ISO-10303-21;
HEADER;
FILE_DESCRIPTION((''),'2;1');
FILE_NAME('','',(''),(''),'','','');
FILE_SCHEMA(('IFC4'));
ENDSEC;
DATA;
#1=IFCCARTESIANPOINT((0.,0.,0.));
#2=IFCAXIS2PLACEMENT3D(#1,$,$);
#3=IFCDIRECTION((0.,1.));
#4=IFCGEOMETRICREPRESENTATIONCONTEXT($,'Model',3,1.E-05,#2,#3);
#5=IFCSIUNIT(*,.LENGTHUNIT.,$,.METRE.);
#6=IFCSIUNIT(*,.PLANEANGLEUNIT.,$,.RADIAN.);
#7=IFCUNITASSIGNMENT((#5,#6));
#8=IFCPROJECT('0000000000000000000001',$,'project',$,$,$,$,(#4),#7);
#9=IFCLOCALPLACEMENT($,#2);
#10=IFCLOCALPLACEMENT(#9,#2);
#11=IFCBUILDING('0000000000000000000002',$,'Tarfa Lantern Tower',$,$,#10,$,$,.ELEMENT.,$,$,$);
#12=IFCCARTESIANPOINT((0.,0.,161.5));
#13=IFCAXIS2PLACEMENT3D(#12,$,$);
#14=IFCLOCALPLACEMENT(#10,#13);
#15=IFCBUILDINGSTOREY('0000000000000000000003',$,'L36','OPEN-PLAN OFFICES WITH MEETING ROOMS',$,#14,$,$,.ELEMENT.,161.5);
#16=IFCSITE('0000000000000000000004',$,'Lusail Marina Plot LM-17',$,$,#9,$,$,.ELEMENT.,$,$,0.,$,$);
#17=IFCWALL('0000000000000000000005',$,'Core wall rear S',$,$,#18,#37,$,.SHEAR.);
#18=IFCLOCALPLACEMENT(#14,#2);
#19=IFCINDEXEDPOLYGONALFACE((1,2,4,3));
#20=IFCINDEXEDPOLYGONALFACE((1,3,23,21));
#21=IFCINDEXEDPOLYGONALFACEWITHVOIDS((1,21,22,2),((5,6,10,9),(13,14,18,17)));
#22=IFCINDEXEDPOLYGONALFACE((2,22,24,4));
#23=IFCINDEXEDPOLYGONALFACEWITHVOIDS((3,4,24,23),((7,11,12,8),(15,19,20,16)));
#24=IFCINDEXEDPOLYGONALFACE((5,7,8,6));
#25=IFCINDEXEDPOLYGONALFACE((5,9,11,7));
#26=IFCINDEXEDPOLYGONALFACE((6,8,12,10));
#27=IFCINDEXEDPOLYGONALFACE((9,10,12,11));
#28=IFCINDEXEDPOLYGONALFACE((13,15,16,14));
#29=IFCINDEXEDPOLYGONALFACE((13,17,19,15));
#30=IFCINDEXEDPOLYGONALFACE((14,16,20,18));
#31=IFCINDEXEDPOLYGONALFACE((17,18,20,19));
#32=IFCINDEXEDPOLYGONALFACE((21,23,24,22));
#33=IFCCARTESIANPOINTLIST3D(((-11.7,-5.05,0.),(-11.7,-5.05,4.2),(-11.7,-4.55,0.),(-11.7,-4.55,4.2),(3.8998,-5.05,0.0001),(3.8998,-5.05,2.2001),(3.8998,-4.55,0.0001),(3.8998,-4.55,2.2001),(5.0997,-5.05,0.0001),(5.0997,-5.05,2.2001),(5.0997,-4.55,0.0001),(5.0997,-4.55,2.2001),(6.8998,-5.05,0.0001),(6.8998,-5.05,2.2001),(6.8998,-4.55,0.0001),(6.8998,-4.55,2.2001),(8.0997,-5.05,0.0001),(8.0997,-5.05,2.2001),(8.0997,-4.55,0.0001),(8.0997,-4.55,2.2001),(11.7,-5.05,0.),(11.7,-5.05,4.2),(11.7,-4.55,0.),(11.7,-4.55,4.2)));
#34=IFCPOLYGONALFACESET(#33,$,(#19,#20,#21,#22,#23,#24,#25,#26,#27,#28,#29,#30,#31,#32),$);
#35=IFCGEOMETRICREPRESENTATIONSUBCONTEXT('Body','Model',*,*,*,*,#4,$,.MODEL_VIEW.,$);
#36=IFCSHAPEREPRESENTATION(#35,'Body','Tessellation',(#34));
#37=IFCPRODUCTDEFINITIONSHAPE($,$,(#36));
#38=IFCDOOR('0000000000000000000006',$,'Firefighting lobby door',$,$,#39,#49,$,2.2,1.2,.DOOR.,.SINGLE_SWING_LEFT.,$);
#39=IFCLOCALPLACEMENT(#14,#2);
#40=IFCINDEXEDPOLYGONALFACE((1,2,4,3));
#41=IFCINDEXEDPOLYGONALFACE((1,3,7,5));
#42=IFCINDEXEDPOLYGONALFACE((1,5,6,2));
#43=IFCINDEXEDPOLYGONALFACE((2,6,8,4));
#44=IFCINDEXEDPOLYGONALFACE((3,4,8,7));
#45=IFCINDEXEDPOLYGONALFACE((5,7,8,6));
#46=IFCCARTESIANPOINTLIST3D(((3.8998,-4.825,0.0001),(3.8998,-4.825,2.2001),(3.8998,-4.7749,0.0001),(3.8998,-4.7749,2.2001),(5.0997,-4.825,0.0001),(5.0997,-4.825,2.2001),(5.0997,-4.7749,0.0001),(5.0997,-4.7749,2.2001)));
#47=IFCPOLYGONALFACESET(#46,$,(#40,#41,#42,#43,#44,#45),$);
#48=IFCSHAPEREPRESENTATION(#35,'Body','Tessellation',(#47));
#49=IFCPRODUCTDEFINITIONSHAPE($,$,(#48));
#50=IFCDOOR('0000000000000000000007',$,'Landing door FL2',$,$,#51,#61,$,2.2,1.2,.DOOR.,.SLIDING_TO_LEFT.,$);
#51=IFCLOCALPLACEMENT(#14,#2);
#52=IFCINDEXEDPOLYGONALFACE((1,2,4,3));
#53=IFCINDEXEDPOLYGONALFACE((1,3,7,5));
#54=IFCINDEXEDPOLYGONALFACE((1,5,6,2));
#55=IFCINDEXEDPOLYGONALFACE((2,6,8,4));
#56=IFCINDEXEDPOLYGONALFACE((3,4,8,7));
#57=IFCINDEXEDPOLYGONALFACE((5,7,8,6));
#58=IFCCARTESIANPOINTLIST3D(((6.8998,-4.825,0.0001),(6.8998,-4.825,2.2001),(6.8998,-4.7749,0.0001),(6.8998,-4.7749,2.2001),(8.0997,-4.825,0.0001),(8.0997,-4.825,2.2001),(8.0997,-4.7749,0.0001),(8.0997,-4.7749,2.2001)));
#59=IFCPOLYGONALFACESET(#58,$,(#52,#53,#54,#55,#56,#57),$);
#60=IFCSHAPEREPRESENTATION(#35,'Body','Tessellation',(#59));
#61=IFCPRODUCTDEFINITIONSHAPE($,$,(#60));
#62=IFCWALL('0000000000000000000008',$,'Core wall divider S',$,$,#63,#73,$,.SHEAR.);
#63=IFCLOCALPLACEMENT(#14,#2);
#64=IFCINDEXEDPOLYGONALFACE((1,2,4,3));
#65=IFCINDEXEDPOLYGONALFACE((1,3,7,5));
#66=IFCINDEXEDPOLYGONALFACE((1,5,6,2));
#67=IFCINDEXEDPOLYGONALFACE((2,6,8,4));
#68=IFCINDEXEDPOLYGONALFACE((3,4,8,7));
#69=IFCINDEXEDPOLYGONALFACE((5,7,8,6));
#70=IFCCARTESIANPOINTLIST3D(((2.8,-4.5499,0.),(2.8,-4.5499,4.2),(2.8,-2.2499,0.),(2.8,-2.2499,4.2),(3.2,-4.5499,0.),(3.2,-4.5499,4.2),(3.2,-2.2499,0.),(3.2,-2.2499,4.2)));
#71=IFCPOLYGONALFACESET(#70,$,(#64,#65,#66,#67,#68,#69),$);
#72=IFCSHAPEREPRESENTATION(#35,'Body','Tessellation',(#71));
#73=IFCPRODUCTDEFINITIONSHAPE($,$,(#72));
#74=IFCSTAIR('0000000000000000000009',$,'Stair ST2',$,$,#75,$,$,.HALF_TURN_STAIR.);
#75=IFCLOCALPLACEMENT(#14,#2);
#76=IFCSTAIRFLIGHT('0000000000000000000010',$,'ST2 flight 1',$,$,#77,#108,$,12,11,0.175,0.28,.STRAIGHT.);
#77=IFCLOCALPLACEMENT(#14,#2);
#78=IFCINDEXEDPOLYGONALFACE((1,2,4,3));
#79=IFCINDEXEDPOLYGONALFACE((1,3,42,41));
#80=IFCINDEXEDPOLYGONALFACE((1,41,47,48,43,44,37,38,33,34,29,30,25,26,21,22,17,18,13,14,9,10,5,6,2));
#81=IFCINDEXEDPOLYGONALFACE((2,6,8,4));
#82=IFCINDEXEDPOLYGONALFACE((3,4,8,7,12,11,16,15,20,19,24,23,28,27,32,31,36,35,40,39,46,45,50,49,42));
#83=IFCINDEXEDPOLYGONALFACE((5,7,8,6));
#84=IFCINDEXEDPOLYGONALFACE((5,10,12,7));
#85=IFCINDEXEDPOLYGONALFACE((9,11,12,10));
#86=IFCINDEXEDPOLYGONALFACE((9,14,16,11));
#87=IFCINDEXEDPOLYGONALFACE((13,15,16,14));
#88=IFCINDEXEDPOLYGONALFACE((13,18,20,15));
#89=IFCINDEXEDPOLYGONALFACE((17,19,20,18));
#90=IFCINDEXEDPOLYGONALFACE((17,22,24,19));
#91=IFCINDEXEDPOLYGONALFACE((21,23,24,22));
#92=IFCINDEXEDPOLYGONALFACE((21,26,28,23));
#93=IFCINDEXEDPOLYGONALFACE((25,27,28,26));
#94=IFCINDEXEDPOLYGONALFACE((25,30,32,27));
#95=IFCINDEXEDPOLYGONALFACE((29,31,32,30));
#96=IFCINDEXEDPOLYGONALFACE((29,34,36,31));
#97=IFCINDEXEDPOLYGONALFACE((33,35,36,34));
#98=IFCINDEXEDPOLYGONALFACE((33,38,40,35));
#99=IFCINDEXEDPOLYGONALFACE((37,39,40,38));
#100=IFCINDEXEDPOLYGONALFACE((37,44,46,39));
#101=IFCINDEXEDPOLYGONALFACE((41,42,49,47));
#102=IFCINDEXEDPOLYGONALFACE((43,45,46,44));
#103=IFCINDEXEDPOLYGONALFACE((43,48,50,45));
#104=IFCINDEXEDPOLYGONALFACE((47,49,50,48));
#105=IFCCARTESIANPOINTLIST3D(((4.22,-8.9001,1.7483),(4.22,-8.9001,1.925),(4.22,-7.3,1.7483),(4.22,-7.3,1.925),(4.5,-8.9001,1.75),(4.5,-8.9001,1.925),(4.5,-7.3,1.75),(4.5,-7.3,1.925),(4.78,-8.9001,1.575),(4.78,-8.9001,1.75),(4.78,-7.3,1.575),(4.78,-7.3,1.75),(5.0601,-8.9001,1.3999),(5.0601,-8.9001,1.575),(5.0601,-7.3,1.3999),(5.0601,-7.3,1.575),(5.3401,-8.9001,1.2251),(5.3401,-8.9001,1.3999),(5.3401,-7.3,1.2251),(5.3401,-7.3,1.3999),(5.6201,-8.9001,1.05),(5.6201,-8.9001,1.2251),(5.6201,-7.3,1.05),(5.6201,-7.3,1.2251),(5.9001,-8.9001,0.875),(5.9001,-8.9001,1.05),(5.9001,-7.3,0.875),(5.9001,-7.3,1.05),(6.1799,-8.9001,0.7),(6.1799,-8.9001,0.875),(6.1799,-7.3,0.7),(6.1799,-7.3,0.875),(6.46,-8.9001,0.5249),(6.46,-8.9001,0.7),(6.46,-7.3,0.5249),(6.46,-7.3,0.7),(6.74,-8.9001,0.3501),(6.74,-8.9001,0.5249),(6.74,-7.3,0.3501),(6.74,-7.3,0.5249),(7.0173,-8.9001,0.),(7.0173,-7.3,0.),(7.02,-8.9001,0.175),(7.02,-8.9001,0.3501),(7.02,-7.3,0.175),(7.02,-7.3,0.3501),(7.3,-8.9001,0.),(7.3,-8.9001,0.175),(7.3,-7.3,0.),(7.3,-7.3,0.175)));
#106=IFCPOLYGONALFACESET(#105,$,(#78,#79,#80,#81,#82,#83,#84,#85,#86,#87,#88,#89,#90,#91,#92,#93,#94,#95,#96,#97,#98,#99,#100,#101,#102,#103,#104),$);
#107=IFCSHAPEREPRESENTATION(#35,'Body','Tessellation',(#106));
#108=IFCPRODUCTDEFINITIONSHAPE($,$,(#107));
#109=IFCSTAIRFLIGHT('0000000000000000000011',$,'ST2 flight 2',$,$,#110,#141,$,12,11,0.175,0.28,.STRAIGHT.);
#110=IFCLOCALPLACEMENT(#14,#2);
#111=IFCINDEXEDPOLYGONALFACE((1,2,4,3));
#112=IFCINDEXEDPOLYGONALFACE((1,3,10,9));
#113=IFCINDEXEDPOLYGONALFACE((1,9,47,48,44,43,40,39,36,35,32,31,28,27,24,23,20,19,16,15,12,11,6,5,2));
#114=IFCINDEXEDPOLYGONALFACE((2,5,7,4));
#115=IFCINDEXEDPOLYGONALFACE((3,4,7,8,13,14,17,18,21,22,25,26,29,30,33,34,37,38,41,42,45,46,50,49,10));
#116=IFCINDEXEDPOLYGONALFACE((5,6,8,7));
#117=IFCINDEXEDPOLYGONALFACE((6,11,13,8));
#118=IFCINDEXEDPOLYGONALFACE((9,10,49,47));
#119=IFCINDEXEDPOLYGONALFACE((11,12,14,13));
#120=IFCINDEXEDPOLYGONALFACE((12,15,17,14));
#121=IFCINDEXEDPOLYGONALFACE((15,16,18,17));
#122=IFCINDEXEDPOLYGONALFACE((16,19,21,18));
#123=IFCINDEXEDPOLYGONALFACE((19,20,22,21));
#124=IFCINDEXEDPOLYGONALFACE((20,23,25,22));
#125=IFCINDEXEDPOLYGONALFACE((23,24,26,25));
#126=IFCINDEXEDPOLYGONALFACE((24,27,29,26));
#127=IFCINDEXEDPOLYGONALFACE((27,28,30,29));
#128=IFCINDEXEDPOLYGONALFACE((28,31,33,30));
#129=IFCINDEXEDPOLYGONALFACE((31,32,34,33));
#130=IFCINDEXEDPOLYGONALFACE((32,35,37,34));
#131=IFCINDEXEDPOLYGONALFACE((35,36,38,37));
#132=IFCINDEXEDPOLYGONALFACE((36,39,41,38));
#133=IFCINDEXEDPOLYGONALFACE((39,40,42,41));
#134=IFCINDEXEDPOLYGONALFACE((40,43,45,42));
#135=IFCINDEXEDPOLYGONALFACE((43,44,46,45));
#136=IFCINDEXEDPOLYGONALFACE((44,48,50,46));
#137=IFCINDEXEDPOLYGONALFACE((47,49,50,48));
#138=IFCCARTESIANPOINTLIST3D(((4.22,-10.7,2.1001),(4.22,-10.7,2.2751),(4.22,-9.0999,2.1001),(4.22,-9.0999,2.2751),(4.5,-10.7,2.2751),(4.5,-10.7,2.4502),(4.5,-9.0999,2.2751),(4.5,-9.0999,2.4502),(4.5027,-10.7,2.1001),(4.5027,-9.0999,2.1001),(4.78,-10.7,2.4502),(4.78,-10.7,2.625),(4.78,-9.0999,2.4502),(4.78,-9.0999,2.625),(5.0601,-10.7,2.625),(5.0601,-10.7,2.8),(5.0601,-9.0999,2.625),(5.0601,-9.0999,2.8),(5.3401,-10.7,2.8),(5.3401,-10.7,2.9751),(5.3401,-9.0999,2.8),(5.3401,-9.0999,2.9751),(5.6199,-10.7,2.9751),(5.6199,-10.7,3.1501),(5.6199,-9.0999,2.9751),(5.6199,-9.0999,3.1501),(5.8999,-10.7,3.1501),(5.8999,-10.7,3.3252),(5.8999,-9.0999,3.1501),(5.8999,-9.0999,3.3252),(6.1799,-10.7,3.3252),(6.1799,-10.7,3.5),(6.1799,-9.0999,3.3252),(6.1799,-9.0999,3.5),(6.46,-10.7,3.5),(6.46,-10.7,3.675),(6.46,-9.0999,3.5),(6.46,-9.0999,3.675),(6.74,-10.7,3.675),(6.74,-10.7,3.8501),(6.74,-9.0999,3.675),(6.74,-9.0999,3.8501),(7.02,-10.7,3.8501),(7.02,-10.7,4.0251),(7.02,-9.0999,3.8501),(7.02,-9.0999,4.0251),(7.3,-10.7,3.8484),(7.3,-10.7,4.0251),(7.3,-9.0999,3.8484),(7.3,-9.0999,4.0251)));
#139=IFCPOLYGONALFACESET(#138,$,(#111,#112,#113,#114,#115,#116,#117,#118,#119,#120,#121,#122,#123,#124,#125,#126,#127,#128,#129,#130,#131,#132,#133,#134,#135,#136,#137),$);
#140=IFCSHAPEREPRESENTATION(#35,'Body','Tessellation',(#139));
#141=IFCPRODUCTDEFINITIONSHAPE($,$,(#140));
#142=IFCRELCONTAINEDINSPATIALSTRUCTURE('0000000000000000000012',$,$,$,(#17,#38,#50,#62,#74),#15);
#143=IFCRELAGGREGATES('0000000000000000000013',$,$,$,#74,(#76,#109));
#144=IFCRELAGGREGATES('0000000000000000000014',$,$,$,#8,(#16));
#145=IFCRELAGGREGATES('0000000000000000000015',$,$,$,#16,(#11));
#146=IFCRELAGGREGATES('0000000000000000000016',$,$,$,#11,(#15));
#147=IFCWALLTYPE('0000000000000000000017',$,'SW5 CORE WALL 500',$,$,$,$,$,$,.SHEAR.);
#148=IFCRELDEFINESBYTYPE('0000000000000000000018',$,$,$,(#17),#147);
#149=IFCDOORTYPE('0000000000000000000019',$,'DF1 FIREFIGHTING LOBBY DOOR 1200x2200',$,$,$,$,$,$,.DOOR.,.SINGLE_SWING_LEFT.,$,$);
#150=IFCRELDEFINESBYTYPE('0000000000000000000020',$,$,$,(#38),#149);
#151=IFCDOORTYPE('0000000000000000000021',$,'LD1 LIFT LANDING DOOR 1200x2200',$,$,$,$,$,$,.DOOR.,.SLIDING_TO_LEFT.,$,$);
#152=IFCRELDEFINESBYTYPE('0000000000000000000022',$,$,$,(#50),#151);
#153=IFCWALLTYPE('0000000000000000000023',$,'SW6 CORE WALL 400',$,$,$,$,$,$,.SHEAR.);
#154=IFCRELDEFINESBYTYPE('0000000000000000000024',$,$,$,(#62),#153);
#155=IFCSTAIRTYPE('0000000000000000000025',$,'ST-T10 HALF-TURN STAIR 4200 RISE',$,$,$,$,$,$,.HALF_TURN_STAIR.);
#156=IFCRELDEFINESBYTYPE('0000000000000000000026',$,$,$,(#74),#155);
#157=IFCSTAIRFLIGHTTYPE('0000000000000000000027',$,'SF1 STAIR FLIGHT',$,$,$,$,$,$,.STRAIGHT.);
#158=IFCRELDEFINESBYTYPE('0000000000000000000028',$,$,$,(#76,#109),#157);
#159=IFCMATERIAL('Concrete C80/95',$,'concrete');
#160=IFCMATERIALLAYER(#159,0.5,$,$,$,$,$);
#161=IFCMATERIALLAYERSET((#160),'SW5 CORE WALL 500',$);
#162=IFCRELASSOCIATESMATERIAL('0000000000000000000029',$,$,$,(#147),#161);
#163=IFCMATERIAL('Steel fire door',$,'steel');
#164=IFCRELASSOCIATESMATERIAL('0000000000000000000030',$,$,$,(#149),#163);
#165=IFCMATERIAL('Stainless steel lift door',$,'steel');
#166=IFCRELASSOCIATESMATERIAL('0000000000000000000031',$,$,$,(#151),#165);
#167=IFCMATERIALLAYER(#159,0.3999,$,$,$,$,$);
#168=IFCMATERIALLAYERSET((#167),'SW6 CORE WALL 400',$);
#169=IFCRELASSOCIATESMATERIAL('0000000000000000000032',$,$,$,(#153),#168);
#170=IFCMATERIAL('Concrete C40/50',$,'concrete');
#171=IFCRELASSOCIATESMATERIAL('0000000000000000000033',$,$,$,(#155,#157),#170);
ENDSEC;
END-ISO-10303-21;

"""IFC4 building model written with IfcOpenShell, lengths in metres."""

from ifc_helpers import new_model, si_unit, direction, frame, frame_2d, origin, place, context, subcontext, project, spatial, polyline, rectangle, outline, extrude, material, layer, layer_set, type_object, element, fill, aggregate, save


model = new_model("IFC4")

# Units and contexts
model_context = context("Model", 3, precision=1e-05, world=origin(), true_north=direction((0.0, 1.0)))
body_context = subcontext(model_context, "Body", "Model", "MODEL_VIEW")
ifc_project = project(units=[si_unit("LENGTHUNIT", "METRE"), si_unit("PLANEANGLEUNIT", "RADIAN")], contexts=[model_context])

# Site, building, storey
site_placement = place(None, origin())
site = spatial("IfcSite", under=ifc_project, at=site_placement, Name="Lusail Marina Plot LM-17", CompositionType="ELEMENT", RefElevation=0.0)
building_placement = place(site_placement, origin())
building = spatial("IfcBuilding", under=site, at=building_placement, Name="Tarfa Lantern Tower", CompositionType="ELEMENT")
storey_placement = place(building_placement, frame((0.0, 0.0, 161.5)))
storey = spatial("IfcBuildingStorey", under=building, at=storey_placement, Name="L36", Description="OPEN-PLAN OFFICES WITH MEETING ROOMS", CompositionType="ELEMENT", Elevation=161.5)

# Shared definitions
ifc_material_1 = material(Name="Concrete C80/95", Category="concrete")

# Shared definitions
ifc_material_2 = material(Name="Steel fire door", Category="steel")

# Wall, openings, doors
ifc_layer_1 = layer(ifc_material_1, 0.5)
ifc_layer_set_1 = layer_set([ifc_layer_1], Name="SW5 CORE WALL 500")
wall_type_1 = type_object("IfcWallType", Name="SW5 CORE WALL 500", PredefinedType="SHEAR", material=ifc_layer_set_1)
wall_1_placement = place(storey_placement, frame((11.7, -4.8, 0.0), z_axis=(0.0, 0.0, 1.0), x_axis=(-1.0, 0.0, 0.0)))
wall_1 = element("IfcWall", 1, at=wall_1_placement, inside=storey, type_object=wall_type_1, Name="Core wall rear S", PredefinedType="SHEAR", context=body_context, shape_type="SweptSolid", body=[
    extrude(rectangle(XDim=23.3999, YDim=0.5, at=frame_2d((11.7, 0.0))), origin(), (0.0, 0.0, 1.0), 4.2),
])
opening_1_placement = place(wall_1_placement, frame((6.6001, 0.0, 0.0)))
opening_1 = element("IfcOpeningElement", 2, at=opening_1_placement, cuts=wall_1, PredefinedType="OPENING", context=body_context, shape_type="SweptSolid", body=[
    extrude(rectangle(XDim=1.2, YDim=2.2, at=frame_2d((0.6001, 1.1001))), frame((0.0, 0.26, 0.0), z_axis=(0.0, -1.0, 0.0), x_axis=(1.0, 0.0, 0.0)), (0.0, 0.0, 1.0), 0.52),
])
opening_2_placement = place(wall_1_placement, frame((3.6001, 0.0, 0.0)))
opening_2 = element("IfcOpeningElement", 3, at=opening_2_placement, cuts=wall_1, PredefinedType="OPENING", context=body_context, shape_type="SweptSolid", body=[
    extrude(rectangle(XDim=1.2, YDim=2.2, at=frame_2d((0.6001, 1.1001))), frame((0.0, 0.26, 0.0), z_axis=(0.0, -1.0, 0.0), x_axis=(1.0, 0.0, 0.0)), (0.0, 0.0, 1.0), 0.52),
])
door_type_1 = type_object("IfcDoorType", Name="DF1 FIREFIGHTING LOBBY DOOR 1200x2200", OperationType="SINGLE_SWING_LEFT", PredefinedType="DOOR", material=ifc_material_2)
door_1_placement = place(opening_1_placement, origin())
door_1 = element("IfcDoor", 4, at=door_1_placement, inside=storey, type_object=door_type_1, Name="Firefighting lobby door", OperationType="SINGLE_SWING_LEFT", OverallHeight=2.2, OverallWidth=1.2, PredefinedType="DOOR", context=body_context, shape_type="SweptSolid", body=[
    extrude(rectangle(XDim=1.2, YDim=2.2, at=frame_2d((0.6001, 1.1001))), frame((0.0, 0.0249, 0.0), z_axis=(0.0, -1.0, 0.0), x_axis=(1.0, 0.0, 0.0)), (0.0, 0.0, 1.0), 0.05),
])
fill(opening_1, door_1)
ifc_material_3 = material(Name="Stainless steel lift door", Category="steel")
door_type_2 = type_object("IfcDoorType", Name="LD1 LIFT LANDING DOOR 1200x2200", OperationType="SLIDING_TO_LEFT", PredefinedType="DOOR", material=ifc_material_3)
door_2_placement = place(opening_2_placement, origin())
door_2 = element("IfcDoor", 5, at=door_2_placement, inside=storey, type_object=door_type_2, Name="Landing door FL2", OperationType="SLIDING_TO_LEFT", OverallHeight=2.2, OverallWidth=1.2, PredefinedType="DOOR", context=body_context, shape_type="SweptSolid", body=[
    extrude(rectangle(XDim=1.2, YDim=2.2, at=frame_2d((0.6001, 1.1001))), frame((0.0, 0.0249, 0.0), z_axis=(0.0, -1.0, 0.0), x_axis=(1.0, 0.0, 0.0)), (0.0, 0.0, 1.0), 0.05),
])
fill(opening_2, door_2)

# Wall
ifc_layer_2 = layer(ifc_material_1, 0.3999)
ifc_layer_set_2 = layer_set([ifc_layer_2], Name="SW6 CORE WALL 400")
wall_type_2 = type_object("IfcWallType", Name="SW6 CORE WALL 400", PredefinedType="SHEAR", material=ifc_layer_set_2)
wall_2_placement = place(storey_placement, frame((3.0, -2.25, 0.0), z_axis=(0.0, 0.0, 1.0), x_axis=(0.0, -1.0, 0.0)))
element("IfcWall", 6, at=wall_2_placement, inside=storey, type_object=wall_type_2, Name="Core wall divider S", PredefinedType="SHEAR", context=body_context, shape_type="SweptSolid", body=[
    extrude(rectangle(XDim=2.3, YDim=0.3999, at=frame_2d((1.1499, 0.0))), origin(), (0.0, 0.0, 1.0), 4.2),
])

# Stair, stair flights
ifc_material_4 = material(Name="Concrete C40/50", Category="concrete")
stair_type = type_object("IfcStairType", Name="ST-T10 HALF-TURN STAIR 4200 RISE", PredefinedType="HALF_TURN_STAIR", material=ifc_material_4)
stair_placement = place(storey_placement, origin())
stair = element("IfcStair", 7, at=stair_placement, inside=storey, type_object=stair_type, Name="Stair ST2", PredefinedType="HALF_TURN_STAIR")
stair_flight_type = type_object("IfcStairFlightType", Name="SF1 STAIR FLIGHT", PredefinedType="STRAIGHT", material=ifc_material_4)
stair_flight_1_placement = place(storey_placement, frame((7.3, -8.1001, 0.0), z_axis=(0.0, 0.0, 1.0), x_axis=(-1.0, 0.0, 0.0)))
stair_flight_1 = element("IfcStairFlight", 8, at=stair_flight_1_placement, type_object=stair_flight_type, Name="ST2 flight 1", NumberOfRisers=12, NumberOfTreads=11, PredefinedType="STRAIGHT", RiserHeight=0.175, TreadLength=0.28, context=body_context, shape_type="SweptSolid", body=[
    extrude(outline(polyline([(0.0, 0.0), (0.0, 0.175), (0.28, 0.175), (0.28, 0.3501), (0.5601, 0.3501), (0.5601, 0.5249), (0.8401, 0.5249), (0.8401, 0.7), (1.1201, 0.7), (1.1201, 0.875), (1.3999, 0.875), (1.3999, 1.05), (1.6799, 1.05), (1.6799, 1.2251), (1.96, 1.2251), (1.96, 1.3999), (2.24, 1.3999), (2.24, 1.575), (2.52, 1.575), (2.52, 1.75), (2.8, 1.75), (2.8, 1.925), (3.0801, 1.925), (3.0801, 2.1001), (3.0801, 1.7483), (0.2827, 0.0), (0.0, 0.0)])), frame((0.0, 0.8, 0.0), z_axis=(0.0, -1.0, 0.0), x_axis=(1.0, 0.0, 0.0)), (0.0, 0.0, 1.0), 1.6001),
])
stair_flight_2_placement = place(storey_placement, frame((4.22, -9.8999, 2.1001), z_axis=(0.0, 0.0, 1.0), x_axis=(1.0, 0.0, 0.0)))
stair_flight_2 = element("IfcStairFlight", 9, at=stair_flight_2_placement, type_object=stair_flight_type, Name="ST2 flight 2", NumberOfRisers=12, NumberOfTreads=11, PredefinedType="STRAIGHT", RiserHeight=0.175, TreadLength=0.28, context=body_context, shape_type="SweptSolid", body=[
    extrude(outline(polyline([(0.0, 0.0), (0.0, 0.175), (0.28, 0.175), (0.28, 0.3501), (0.5601, 0.3501), (0.5601, 0.5249), (0.8401, 0.5249), (0.8401, 0.7), (1.1201, 0.7), (1.1201, 0.875), (1.3999, 0.875), (1.3999, 1.05), (1.6799, 1.05), (1.6799, 1.2251), (1.96, 1.2251), (1.96, 1.3999), (2.24, 1.3999), (2.24, 1.575), (2.52, 1.575), (2.52, 1.75), (2.8, 1.75), (2.8, 1.925), (3.0801, 1.925), (3.0801, 2.1001), (3.0801, 1.7483), (0.2827, 0.0), (0.0, 0.0)])), frame((0.0, 0.8, 0.0), z_axis=(0.0, -1.0, 0.0), x_axis=(1.0, 0.0, 0.0)), (0.0, 0.0, 1.0), 1.6001),
])
aggregate(stair, [stair_flight_1, stair_flight_2])

save(model, "model.ifc")
